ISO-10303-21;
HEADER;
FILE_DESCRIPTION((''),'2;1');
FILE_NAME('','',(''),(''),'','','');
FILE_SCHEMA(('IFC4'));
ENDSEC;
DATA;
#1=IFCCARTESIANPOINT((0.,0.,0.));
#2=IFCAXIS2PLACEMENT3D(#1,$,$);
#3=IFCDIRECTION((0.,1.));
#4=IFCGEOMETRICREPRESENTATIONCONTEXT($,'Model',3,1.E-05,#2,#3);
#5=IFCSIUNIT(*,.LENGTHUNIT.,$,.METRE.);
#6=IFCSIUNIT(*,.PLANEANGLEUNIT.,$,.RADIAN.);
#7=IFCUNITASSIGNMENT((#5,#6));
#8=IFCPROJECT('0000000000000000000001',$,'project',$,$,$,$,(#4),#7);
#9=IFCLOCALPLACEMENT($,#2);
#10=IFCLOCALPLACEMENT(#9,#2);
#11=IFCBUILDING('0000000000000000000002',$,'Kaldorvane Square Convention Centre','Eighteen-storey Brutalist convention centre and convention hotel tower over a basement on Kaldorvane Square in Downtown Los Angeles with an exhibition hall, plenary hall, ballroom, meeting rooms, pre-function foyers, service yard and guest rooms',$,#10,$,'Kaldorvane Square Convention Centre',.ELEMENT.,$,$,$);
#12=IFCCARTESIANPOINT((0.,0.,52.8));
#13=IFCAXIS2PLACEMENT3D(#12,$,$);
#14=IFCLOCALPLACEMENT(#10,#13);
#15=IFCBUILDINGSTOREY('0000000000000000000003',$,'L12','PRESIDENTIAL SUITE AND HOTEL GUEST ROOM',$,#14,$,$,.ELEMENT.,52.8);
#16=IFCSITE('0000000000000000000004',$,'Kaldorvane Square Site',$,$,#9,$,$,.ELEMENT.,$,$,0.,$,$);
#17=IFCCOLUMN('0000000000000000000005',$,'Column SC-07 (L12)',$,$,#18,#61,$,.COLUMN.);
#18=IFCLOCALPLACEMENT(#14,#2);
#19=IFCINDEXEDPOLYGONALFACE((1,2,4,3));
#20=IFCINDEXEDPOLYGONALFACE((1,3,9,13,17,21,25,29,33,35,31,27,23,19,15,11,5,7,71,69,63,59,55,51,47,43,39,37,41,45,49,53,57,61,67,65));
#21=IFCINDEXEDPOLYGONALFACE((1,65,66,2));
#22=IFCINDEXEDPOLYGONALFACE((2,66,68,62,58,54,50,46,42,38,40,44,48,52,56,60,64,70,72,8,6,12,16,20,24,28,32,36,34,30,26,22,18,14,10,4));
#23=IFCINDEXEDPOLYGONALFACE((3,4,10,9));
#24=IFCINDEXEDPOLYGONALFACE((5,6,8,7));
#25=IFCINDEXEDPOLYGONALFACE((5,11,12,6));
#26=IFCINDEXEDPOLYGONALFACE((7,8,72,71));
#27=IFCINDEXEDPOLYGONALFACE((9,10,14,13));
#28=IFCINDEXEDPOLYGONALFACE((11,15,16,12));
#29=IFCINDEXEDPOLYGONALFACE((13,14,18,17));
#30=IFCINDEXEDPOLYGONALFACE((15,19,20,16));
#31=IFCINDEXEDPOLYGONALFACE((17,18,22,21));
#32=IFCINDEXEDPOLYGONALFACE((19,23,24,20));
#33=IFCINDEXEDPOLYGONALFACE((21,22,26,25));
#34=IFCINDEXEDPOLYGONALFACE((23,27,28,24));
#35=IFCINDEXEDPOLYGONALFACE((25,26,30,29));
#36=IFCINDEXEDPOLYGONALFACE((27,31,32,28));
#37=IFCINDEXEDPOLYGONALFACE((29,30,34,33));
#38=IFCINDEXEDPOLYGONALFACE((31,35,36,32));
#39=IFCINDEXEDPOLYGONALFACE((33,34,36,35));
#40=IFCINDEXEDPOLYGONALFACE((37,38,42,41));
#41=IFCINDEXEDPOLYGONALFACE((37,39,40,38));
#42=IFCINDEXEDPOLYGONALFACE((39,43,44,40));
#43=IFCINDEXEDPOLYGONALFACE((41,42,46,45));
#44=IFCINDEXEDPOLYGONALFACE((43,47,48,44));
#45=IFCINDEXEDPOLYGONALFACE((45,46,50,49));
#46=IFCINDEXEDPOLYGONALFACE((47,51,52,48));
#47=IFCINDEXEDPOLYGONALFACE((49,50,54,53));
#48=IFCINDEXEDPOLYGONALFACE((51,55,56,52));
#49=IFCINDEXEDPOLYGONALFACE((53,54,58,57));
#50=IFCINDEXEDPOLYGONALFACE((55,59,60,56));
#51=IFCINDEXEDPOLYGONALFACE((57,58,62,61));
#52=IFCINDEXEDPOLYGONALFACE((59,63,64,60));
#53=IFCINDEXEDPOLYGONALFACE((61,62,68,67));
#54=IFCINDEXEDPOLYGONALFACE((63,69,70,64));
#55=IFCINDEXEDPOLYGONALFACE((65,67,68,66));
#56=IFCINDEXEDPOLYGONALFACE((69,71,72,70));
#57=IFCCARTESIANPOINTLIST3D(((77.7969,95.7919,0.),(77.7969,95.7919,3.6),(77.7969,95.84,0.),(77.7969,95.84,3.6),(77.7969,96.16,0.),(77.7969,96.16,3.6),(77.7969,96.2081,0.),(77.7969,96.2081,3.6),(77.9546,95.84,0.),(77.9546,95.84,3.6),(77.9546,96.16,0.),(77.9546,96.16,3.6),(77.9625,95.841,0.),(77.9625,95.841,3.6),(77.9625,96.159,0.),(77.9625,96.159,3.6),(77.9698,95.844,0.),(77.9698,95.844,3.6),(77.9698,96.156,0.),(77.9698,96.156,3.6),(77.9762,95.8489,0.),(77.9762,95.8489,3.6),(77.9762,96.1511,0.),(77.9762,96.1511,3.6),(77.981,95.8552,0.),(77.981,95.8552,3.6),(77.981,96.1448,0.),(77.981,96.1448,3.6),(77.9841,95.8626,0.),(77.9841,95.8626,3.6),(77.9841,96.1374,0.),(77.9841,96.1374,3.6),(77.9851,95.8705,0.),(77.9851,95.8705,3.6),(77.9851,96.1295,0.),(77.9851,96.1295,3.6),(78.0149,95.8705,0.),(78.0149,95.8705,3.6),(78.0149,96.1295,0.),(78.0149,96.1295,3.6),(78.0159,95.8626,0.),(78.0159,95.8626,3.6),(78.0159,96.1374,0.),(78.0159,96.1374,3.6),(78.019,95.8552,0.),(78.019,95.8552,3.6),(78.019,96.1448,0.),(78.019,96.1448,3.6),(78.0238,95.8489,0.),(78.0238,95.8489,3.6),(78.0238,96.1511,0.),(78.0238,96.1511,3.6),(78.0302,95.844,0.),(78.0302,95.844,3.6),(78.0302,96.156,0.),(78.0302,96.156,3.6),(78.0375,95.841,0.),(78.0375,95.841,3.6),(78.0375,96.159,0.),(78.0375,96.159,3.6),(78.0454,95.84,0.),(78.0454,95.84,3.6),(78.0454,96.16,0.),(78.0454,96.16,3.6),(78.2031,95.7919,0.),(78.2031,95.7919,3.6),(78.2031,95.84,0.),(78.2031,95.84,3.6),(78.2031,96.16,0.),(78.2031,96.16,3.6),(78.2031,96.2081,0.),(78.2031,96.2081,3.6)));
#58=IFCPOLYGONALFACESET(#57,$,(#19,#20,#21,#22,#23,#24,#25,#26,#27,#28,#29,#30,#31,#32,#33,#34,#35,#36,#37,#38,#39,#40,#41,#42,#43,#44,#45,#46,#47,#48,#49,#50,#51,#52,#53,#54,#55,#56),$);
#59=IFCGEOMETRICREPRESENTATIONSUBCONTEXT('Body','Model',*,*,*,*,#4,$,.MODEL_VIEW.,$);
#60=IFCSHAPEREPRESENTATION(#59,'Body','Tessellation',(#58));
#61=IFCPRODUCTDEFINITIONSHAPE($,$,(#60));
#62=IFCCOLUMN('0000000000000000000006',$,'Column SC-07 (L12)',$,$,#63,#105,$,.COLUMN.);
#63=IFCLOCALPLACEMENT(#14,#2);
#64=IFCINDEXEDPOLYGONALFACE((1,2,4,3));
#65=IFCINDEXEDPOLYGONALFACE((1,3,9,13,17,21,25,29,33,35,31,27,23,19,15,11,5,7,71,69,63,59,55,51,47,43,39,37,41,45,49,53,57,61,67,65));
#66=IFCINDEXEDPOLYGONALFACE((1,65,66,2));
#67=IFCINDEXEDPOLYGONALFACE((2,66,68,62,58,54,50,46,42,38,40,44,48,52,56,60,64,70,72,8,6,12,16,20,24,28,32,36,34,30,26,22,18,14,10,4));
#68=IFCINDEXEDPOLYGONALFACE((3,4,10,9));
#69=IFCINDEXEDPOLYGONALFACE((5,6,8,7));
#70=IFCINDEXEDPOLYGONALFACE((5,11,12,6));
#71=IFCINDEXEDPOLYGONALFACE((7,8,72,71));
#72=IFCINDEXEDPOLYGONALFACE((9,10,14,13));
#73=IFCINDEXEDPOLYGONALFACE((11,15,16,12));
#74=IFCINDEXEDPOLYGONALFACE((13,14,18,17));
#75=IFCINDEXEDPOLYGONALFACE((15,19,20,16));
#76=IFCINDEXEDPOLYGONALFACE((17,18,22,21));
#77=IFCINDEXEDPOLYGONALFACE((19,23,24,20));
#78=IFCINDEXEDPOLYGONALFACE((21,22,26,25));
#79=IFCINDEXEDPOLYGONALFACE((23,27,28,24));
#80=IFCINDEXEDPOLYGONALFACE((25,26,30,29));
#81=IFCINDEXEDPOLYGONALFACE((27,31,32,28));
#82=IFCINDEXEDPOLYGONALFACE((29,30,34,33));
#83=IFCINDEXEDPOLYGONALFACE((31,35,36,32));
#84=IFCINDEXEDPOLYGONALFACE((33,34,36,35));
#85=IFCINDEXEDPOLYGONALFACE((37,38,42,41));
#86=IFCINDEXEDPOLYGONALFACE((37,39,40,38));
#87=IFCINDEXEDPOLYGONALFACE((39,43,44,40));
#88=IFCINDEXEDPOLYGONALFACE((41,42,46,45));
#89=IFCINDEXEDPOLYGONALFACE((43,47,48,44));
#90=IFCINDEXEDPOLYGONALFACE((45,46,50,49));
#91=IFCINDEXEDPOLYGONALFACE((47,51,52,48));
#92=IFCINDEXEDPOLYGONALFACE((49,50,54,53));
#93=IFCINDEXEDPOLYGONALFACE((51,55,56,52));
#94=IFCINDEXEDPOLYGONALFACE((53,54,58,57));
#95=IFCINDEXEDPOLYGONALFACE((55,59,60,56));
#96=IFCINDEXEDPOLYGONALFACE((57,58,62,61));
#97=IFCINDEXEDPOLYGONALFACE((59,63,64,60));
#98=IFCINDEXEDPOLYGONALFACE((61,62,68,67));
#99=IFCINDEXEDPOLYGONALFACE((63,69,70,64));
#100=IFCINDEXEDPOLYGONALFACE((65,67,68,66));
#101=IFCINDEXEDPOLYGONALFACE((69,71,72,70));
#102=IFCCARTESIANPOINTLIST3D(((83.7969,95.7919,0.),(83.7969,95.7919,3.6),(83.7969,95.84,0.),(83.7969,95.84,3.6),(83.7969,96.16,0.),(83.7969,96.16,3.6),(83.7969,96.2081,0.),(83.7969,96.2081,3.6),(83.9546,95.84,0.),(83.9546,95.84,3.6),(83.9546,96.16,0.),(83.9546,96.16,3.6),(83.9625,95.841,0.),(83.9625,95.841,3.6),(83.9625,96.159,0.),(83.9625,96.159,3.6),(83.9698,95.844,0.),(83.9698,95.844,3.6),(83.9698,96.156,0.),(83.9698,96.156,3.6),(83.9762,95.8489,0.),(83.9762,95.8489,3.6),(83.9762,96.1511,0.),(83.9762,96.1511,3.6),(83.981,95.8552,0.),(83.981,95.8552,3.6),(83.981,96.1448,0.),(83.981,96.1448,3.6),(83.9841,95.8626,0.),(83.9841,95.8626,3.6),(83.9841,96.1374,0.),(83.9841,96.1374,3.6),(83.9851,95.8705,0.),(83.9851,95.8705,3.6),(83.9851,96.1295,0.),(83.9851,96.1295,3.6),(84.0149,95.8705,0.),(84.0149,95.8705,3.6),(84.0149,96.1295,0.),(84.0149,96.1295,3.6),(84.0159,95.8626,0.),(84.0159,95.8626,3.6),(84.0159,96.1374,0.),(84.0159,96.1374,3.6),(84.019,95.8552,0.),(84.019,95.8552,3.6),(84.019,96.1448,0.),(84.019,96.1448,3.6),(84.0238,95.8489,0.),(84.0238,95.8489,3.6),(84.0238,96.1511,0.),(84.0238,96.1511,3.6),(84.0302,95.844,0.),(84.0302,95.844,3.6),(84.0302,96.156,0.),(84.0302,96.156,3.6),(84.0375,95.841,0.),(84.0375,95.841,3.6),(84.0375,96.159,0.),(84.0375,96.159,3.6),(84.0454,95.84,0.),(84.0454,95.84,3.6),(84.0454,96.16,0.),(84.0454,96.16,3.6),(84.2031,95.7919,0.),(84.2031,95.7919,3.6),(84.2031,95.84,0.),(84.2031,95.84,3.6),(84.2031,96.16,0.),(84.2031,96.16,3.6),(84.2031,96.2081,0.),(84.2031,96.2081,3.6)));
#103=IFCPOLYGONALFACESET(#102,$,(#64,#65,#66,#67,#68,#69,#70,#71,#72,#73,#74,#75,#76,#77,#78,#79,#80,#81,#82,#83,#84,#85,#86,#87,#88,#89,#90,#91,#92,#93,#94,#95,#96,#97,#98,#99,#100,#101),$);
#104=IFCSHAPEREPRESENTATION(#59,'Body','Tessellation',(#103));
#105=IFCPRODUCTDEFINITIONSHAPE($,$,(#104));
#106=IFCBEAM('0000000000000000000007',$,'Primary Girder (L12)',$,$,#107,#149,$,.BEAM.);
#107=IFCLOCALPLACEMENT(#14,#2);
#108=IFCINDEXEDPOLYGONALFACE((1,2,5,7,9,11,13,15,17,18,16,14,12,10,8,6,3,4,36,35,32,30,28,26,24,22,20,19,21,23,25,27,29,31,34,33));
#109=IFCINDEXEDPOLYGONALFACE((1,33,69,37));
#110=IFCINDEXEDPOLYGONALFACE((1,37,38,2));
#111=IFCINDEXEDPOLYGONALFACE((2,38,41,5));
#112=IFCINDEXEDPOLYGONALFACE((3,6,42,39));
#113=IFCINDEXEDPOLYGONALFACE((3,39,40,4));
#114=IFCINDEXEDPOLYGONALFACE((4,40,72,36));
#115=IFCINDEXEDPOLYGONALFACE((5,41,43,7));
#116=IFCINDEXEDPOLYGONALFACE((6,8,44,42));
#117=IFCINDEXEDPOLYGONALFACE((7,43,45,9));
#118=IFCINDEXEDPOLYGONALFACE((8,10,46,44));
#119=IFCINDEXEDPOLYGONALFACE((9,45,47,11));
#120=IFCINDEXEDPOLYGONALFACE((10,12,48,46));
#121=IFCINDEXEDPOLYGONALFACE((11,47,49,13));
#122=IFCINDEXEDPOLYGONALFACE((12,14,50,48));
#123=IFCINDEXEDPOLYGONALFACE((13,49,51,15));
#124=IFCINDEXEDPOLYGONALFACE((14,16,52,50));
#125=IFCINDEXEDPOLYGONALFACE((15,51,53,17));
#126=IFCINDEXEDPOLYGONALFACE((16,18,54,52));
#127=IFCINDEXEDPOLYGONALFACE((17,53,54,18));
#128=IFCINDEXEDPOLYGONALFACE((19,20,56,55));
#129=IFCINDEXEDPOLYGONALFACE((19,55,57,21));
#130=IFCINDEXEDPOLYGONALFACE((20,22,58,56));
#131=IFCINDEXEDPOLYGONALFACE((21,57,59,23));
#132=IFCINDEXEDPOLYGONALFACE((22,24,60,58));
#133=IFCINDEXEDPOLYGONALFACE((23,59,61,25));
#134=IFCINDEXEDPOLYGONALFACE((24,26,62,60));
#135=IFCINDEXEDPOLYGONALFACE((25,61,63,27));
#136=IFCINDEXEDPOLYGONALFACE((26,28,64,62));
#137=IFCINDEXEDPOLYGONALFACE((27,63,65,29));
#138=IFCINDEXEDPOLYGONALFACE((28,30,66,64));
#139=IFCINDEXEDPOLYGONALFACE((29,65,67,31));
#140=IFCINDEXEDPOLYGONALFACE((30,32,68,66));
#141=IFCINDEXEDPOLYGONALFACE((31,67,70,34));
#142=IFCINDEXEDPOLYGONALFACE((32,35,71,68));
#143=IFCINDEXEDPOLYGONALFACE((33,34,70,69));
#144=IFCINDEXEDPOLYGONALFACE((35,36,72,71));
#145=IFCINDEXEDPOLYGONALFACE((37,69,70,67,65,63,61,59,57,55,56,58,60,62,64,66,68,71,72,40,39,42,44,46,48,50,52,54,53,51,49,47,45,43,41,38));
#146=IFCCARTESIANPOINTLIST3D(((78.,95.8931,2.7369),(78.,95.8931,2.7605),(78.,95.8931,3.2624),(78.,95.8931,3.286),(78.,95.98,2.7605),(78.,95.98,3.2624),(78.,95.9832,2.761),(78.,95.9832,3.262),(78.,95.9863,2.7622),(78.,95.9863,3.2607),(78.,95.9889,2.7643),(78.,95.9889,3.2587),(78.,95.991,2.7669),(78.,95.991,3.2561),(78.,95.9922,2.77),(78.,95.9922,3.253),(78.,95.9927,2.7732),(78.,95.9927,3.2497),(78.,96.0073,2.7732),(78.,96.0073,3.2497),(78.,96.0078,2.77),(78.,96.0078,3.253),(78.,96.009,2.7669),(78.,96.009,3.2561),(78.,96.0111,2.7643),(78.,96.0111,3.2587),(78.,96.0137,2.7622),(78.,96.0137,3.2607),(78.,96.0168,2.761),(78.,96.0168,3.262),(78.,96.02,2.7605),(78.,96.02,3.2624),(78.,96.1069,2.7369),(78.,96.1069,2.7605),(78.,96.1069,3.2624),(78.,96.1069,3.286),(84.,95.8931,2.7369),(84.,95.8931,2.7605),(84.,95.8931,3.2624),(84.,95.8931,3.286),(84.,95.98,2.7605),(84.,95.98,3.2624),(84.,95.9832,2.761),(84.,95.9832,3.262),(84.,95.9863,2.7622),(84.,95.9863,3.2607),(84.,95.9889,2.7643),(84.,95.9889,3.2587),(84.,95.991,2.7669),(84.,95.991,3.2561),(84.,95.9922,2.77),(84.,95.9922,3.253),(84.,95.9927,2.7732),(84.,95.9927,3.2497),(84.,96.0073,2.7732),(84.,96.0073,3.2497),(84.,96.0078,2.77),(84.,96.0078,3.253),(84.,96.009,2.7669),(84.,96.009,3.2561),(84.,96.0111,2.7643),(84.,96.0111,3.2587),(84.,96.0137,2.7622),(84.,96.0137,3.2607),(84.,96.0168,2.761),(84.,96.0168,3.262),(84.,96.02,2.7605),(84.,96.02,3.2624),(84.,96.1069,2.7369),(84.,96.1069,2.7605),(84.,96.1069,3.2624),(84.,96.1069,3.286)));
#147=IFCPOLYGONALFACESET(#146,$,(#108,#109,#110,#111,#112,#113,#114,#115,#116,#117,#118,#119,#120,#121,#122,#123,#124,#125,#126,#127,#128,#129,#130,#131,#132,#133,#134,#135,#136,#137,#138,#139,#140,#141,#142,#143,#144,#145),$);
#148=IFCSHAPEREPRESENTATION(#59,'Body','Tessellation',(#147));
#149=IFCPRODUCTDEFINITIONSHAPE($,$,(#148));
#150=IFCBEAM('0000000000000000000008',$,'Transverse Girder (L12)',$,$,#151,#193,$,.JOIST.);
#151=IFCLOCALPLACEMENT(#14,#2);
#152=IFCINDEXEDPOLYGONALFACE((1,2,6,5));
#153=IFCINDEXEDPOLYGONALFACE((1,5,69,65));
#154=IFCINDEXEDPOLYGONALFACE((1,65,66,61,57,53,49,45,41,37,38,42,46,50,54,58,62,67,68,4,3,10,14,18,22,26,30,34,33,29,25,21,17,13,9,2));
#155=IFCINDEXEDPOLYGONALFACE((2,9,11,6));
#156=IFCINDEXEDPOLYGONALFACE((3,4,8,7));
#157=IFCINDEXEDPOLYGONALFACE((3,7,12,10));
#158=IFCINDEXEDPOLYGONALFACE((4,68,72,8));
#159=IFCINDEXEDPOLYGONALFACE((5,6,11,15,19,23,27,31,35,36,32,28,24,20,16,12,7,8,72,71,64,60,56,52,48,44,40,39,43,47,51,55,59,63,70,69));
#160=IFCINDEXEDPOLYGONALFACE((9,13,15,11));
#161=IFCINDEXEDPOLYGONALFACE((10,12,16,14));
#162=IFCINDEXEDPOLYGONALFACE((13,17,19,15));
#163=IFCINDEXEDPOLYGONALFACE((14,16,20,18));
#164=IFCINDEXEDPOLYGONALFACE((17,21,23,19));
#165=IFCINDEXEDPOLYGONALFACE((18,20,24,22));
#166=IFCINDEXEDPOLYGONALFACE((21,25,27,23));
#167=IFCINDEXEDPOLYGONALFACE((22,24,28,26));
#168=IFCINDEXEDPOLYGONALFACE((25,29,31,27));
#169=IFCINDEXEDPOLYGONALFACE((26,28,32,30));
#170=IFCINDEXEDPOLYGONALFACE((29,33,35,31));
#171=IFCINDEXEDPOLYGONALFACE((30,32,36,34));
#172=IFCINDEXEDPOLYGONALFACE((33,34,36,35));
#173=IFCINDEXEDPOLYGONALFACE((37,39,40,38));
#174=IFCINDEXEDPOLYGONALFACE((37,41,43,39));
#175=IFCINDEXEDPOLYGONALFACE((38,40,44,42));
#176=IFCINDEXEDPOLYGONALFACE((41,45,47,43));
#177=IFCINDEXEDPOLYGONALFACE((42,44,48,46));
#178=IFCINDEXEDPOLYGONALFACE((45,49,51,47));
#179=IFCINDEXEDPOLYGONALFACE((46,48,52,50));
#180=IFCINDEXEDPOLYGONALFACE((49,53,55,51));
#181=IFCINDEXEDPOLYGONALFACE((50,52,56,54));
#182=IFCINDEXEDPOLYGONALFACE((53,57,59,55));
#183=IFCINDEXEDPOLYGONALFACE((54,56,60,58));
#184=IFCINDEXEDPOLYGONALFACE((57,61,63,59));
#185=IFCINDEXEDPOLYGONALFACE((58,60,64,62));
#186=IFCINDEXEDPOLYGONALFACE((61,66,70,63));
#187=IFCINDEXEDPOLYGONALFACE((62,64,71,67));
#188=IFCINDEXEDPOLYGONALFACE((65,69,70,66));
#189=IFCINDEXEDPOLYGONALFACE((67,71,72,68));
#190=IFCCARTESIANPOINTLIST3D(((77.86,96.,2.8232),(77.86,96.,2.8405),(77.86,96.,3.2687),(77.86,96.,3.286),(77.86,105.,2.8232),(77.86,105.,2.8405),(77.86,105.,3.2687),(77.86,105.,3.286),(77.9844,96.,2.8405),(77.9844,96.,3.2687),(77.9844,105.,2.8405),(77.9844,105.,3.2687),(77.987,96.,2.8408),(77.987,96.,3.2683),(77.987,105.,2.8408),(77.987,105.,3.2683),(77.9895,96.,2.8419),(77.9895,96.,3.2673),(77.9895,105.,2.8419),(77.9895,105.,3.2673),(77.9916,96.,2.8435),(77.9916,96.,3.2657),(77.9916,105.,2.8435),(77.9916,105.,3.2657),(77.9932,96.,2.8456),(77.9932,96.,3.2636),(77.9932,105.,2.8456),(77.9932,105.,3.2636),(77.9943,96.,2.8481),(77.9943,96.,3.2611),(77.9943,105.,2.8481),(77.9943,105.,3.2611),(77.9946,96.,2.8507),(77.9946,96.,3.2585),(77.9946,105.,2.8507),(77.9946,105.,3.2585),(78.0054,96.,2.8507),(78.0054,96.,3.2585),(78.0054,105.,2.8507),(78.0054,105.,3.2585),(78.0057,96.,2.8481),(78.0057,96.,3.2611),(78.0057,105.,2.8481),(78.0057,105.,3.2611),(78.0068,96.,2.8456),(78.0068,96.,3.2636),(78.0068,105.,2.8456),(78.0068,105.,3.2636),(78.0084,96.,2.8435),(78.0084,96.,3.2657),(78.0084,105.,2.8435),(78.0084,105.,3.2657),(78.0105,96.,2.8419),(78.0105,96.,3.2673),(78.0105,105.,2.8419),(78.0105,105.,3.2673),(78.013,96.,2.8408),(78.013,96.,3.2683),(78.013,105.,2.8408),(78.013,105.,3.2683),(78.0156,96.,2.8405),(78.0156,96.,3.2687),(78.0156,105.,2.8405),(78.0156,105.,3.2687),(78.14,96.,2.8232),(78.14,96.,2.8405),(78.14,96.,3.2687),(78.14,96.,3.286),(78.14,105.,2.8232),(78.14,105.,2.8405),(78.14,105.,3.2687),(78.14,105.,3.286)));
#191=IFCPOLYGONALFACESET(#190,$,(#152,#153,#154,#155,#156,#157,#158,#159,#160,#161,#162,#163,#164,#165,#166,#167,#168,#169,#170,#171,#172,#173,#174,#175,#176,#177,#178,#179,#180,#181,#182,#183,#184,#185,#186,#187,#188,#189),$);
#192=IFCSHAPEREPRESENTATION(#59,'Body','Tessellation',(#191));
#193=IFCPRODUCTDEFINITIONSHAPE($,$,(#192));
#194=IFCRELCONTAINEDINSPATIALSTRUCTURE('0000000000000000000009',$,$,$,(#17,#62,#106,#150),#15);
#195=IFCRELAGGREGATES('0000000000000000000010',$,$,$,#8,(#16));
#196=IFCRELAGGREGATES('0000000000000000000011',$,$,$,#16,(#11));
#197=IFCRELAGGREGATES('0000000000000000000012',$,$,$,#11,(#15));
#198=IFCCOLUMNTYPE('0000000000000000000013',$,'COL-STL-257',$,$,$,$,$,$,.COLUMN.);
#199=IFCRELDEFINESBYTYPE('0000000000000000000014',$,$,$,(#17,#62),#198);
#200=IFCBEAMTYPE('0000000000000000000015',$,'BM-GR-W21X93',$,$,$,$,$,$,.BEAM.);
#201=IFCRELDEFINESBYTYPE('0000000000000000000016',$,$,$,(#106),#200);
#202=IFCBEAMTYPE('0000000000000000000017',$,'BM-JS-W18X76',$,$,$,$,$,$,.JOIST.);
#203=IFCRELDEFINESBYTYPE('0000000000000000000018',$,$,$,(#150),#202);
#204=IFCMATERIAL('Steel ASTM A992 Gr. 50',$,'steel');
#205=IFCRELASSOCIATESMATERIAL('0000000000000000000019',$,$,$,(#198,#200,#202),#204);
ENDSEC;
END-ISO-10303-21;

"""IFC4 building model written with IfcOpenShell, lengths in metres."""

from ifc_helpers import new_model, si_unit, direction, frame, origin, origin_2d, place, context, subcontext, project, spatial, i_section, extrude, material, material_profile, profile_set, type_object, element, save


model = new_model("IFC4")

# Units and contexts
model_context = context("Model", 3, precision=1e-05, world=origin(), true_north=direction((0.0, 1.0)))
body_context = subcontext(model_context, "Body", "Model", "MODEL_VIEW")
ifc_project = project(units=[si_unit("LENGTHUNIT", "METRE"), si_unit("PLANEANGLEUNIT", "RADIAN")], contexts=[model_context])

# Site, building, storey
site_placement = place(None, origin())
site = spatial("IfcSite", under=ifc_project, at=site_placement, Name="Kaldorvane Square Site", CompositionType="ELEMENT", RefElevation=0.0)
building_placement = place(site_placement, origin())
building = spatial("IfcBuilding", under=site, at=building_placement, Name="Kaldorvane Square Convention Centre", Description="Eighteen-storey Brutalist convention centre and convention hotel tower over a basement on Kaldorvane Square in Downtown Los Angeles with an exhibition hall, plenary hall, ballroom, meeting rooms, pre-function foyers, service yard and guest rooms", LongName="Kaldorvane Square Convention Centre", CompositionType="ELEMENT")
storey_placement = place(building_placement, frame((0.0, 0.0, 52.8)))
storey = spatial("IfcBuildingStorey", under=building, at=storey_placement, Name="L12", Description="PRESIDENTIAL SUITE AND HOTEL GUEST ROOM", CompositionType="ELEMENT", Elevation=52.8)

# Columns
ifc_material_1 = material(Name="Steel ASTM A992 Gr. 50", Category="steel")
ifc_material_profile_1 = material_profile(ifc_material_1, i_section(OverallWidth=0.4063, OverallDepth=0.4161, WebThickness=0.0298, FlangeThickness=0.048, FilletRadius=0.0305, at=origin_2d()), Name="W14X257")
ifc_profile_set_1 = profile_set([ifc_material_profile_1], Name="Steel ASTM A992 Gr. 50")
column_type = type_object("IfcColumnType", Name="COL-STL-257", PredefinedType="COLUMN", material=ifc_profile_set_1)
for number, where, z_axis, x_axis, name in (
    (1, (78.0, 96.0, 0.0), (0.0, 0.0, 1.0), (1.0, 0.0, 0.0), "Column SC-07 (L12)"),
    (2, (84.0, 96.0, 0.0), (0.0, 0.0, 1.0), (1.0, 0.0, 0.0), "Column SC-07 (L12)"),
):
    element("IfcColumn", number, at=place(storey_placement, frame(where, z_axis=z_axis, x_axis=x_axis)), inside=storey, type_object=column_type, Name=name, PredefinedType="COLUMN", context=body_context, shape_type="SweptSolid", body=[
        extrude(i_section(OverallWidth=0.4063, OverallDepth=0.4161, WebThickness=0.0298, FlangeThickness=0.048, FilletRadius=0.0305, at=origin_2d()), origin(), (0.0, 0.0, 1.0), 3.6),
    ])

# Beams
ifc_material_profile_2 = material_profile(ifc_material_1, i_section(OverallWidth=0.2139, OverallDepth=0.5491, WebThickness=0.0147, FlangeThickness=0.0236, FilletRadius=0.0127, at=origin_2d()), Name="W21X93")
ifc_profile_set_2 = profile_set([ifc_material_profile_2], Name="Steel ASTM A992 Gr. 50")
beam_type_1 = type_object("IfcBeamType", Name="BM-GR-W21X93", PredefinedType="BEAM", material=ifc_profile_set_2)
beam_1_placement = place(storey_placement, frame((78.0, 96.0, 3.0115), z_axis=(1.0, 0.0, 0.0), x_axis=(0.0, 1.0, 0.0)))
element("IfcBeam", 3, at=beam_1_placement, inside=storey, type_object=beam_type_1, Name="Primary Girder (L12)", PredefinedType="BEAM", context=body_context, shape_type="SweptSolid", body=[
    extrude(i_section(OverallWidth=0.2139, OverallDepth=0.5491, WebThickness=0.0147, FlangeThickness=0.0236, FilletRadius=0.0127, at=origin_2d()), origin(), (0.0, 0.0, 1.0), 6.0),
])
ifc_material_profile_3 = material_profile(ifc_material_1, i_section(OverallWidth=0.2799, OverallDepth=0.4628, WebThickness=0.0108, FlangeThickness=0.0173, FilletRadius=0.0102, at=origin_2d()), Name="W18X76")
ifc_profile_set_3 = profile_set([ifc_material_profile_3], Name="Steel ASTM A992 Gr. 50")
beam_type_2 = type_object("IfcBeamType", Name="BM-JS-W18X76", PredefinedType="JOIST", material=ifc_profile_set_3)
beam_2_placement = place(storey_placement, frame((78.0, 96.0, 3.0546), z_axis=(0.0, 1.0, 0.0), x_axis=(-1.0, 0.0, 0.0)))
element("IfcBeam", 4, at=beam_2_placement, inside=storey, type_object=beam_type_2, Name="Transverse Girder (L12)", PredefinedType="JOIST", context=body_context, shape_type="SweptSolid", body=[
    extrude(i_section(OverallWidth=0.2799, OverallDepth=0.4628, WebThickness=0.0108, FlangeThickness=0.0173, FilletRadius=0.0102, at=origin_2d()), origin(), (0.0, 0.0, 1.0), 9.0),
])

save(model, "model.ifc")
